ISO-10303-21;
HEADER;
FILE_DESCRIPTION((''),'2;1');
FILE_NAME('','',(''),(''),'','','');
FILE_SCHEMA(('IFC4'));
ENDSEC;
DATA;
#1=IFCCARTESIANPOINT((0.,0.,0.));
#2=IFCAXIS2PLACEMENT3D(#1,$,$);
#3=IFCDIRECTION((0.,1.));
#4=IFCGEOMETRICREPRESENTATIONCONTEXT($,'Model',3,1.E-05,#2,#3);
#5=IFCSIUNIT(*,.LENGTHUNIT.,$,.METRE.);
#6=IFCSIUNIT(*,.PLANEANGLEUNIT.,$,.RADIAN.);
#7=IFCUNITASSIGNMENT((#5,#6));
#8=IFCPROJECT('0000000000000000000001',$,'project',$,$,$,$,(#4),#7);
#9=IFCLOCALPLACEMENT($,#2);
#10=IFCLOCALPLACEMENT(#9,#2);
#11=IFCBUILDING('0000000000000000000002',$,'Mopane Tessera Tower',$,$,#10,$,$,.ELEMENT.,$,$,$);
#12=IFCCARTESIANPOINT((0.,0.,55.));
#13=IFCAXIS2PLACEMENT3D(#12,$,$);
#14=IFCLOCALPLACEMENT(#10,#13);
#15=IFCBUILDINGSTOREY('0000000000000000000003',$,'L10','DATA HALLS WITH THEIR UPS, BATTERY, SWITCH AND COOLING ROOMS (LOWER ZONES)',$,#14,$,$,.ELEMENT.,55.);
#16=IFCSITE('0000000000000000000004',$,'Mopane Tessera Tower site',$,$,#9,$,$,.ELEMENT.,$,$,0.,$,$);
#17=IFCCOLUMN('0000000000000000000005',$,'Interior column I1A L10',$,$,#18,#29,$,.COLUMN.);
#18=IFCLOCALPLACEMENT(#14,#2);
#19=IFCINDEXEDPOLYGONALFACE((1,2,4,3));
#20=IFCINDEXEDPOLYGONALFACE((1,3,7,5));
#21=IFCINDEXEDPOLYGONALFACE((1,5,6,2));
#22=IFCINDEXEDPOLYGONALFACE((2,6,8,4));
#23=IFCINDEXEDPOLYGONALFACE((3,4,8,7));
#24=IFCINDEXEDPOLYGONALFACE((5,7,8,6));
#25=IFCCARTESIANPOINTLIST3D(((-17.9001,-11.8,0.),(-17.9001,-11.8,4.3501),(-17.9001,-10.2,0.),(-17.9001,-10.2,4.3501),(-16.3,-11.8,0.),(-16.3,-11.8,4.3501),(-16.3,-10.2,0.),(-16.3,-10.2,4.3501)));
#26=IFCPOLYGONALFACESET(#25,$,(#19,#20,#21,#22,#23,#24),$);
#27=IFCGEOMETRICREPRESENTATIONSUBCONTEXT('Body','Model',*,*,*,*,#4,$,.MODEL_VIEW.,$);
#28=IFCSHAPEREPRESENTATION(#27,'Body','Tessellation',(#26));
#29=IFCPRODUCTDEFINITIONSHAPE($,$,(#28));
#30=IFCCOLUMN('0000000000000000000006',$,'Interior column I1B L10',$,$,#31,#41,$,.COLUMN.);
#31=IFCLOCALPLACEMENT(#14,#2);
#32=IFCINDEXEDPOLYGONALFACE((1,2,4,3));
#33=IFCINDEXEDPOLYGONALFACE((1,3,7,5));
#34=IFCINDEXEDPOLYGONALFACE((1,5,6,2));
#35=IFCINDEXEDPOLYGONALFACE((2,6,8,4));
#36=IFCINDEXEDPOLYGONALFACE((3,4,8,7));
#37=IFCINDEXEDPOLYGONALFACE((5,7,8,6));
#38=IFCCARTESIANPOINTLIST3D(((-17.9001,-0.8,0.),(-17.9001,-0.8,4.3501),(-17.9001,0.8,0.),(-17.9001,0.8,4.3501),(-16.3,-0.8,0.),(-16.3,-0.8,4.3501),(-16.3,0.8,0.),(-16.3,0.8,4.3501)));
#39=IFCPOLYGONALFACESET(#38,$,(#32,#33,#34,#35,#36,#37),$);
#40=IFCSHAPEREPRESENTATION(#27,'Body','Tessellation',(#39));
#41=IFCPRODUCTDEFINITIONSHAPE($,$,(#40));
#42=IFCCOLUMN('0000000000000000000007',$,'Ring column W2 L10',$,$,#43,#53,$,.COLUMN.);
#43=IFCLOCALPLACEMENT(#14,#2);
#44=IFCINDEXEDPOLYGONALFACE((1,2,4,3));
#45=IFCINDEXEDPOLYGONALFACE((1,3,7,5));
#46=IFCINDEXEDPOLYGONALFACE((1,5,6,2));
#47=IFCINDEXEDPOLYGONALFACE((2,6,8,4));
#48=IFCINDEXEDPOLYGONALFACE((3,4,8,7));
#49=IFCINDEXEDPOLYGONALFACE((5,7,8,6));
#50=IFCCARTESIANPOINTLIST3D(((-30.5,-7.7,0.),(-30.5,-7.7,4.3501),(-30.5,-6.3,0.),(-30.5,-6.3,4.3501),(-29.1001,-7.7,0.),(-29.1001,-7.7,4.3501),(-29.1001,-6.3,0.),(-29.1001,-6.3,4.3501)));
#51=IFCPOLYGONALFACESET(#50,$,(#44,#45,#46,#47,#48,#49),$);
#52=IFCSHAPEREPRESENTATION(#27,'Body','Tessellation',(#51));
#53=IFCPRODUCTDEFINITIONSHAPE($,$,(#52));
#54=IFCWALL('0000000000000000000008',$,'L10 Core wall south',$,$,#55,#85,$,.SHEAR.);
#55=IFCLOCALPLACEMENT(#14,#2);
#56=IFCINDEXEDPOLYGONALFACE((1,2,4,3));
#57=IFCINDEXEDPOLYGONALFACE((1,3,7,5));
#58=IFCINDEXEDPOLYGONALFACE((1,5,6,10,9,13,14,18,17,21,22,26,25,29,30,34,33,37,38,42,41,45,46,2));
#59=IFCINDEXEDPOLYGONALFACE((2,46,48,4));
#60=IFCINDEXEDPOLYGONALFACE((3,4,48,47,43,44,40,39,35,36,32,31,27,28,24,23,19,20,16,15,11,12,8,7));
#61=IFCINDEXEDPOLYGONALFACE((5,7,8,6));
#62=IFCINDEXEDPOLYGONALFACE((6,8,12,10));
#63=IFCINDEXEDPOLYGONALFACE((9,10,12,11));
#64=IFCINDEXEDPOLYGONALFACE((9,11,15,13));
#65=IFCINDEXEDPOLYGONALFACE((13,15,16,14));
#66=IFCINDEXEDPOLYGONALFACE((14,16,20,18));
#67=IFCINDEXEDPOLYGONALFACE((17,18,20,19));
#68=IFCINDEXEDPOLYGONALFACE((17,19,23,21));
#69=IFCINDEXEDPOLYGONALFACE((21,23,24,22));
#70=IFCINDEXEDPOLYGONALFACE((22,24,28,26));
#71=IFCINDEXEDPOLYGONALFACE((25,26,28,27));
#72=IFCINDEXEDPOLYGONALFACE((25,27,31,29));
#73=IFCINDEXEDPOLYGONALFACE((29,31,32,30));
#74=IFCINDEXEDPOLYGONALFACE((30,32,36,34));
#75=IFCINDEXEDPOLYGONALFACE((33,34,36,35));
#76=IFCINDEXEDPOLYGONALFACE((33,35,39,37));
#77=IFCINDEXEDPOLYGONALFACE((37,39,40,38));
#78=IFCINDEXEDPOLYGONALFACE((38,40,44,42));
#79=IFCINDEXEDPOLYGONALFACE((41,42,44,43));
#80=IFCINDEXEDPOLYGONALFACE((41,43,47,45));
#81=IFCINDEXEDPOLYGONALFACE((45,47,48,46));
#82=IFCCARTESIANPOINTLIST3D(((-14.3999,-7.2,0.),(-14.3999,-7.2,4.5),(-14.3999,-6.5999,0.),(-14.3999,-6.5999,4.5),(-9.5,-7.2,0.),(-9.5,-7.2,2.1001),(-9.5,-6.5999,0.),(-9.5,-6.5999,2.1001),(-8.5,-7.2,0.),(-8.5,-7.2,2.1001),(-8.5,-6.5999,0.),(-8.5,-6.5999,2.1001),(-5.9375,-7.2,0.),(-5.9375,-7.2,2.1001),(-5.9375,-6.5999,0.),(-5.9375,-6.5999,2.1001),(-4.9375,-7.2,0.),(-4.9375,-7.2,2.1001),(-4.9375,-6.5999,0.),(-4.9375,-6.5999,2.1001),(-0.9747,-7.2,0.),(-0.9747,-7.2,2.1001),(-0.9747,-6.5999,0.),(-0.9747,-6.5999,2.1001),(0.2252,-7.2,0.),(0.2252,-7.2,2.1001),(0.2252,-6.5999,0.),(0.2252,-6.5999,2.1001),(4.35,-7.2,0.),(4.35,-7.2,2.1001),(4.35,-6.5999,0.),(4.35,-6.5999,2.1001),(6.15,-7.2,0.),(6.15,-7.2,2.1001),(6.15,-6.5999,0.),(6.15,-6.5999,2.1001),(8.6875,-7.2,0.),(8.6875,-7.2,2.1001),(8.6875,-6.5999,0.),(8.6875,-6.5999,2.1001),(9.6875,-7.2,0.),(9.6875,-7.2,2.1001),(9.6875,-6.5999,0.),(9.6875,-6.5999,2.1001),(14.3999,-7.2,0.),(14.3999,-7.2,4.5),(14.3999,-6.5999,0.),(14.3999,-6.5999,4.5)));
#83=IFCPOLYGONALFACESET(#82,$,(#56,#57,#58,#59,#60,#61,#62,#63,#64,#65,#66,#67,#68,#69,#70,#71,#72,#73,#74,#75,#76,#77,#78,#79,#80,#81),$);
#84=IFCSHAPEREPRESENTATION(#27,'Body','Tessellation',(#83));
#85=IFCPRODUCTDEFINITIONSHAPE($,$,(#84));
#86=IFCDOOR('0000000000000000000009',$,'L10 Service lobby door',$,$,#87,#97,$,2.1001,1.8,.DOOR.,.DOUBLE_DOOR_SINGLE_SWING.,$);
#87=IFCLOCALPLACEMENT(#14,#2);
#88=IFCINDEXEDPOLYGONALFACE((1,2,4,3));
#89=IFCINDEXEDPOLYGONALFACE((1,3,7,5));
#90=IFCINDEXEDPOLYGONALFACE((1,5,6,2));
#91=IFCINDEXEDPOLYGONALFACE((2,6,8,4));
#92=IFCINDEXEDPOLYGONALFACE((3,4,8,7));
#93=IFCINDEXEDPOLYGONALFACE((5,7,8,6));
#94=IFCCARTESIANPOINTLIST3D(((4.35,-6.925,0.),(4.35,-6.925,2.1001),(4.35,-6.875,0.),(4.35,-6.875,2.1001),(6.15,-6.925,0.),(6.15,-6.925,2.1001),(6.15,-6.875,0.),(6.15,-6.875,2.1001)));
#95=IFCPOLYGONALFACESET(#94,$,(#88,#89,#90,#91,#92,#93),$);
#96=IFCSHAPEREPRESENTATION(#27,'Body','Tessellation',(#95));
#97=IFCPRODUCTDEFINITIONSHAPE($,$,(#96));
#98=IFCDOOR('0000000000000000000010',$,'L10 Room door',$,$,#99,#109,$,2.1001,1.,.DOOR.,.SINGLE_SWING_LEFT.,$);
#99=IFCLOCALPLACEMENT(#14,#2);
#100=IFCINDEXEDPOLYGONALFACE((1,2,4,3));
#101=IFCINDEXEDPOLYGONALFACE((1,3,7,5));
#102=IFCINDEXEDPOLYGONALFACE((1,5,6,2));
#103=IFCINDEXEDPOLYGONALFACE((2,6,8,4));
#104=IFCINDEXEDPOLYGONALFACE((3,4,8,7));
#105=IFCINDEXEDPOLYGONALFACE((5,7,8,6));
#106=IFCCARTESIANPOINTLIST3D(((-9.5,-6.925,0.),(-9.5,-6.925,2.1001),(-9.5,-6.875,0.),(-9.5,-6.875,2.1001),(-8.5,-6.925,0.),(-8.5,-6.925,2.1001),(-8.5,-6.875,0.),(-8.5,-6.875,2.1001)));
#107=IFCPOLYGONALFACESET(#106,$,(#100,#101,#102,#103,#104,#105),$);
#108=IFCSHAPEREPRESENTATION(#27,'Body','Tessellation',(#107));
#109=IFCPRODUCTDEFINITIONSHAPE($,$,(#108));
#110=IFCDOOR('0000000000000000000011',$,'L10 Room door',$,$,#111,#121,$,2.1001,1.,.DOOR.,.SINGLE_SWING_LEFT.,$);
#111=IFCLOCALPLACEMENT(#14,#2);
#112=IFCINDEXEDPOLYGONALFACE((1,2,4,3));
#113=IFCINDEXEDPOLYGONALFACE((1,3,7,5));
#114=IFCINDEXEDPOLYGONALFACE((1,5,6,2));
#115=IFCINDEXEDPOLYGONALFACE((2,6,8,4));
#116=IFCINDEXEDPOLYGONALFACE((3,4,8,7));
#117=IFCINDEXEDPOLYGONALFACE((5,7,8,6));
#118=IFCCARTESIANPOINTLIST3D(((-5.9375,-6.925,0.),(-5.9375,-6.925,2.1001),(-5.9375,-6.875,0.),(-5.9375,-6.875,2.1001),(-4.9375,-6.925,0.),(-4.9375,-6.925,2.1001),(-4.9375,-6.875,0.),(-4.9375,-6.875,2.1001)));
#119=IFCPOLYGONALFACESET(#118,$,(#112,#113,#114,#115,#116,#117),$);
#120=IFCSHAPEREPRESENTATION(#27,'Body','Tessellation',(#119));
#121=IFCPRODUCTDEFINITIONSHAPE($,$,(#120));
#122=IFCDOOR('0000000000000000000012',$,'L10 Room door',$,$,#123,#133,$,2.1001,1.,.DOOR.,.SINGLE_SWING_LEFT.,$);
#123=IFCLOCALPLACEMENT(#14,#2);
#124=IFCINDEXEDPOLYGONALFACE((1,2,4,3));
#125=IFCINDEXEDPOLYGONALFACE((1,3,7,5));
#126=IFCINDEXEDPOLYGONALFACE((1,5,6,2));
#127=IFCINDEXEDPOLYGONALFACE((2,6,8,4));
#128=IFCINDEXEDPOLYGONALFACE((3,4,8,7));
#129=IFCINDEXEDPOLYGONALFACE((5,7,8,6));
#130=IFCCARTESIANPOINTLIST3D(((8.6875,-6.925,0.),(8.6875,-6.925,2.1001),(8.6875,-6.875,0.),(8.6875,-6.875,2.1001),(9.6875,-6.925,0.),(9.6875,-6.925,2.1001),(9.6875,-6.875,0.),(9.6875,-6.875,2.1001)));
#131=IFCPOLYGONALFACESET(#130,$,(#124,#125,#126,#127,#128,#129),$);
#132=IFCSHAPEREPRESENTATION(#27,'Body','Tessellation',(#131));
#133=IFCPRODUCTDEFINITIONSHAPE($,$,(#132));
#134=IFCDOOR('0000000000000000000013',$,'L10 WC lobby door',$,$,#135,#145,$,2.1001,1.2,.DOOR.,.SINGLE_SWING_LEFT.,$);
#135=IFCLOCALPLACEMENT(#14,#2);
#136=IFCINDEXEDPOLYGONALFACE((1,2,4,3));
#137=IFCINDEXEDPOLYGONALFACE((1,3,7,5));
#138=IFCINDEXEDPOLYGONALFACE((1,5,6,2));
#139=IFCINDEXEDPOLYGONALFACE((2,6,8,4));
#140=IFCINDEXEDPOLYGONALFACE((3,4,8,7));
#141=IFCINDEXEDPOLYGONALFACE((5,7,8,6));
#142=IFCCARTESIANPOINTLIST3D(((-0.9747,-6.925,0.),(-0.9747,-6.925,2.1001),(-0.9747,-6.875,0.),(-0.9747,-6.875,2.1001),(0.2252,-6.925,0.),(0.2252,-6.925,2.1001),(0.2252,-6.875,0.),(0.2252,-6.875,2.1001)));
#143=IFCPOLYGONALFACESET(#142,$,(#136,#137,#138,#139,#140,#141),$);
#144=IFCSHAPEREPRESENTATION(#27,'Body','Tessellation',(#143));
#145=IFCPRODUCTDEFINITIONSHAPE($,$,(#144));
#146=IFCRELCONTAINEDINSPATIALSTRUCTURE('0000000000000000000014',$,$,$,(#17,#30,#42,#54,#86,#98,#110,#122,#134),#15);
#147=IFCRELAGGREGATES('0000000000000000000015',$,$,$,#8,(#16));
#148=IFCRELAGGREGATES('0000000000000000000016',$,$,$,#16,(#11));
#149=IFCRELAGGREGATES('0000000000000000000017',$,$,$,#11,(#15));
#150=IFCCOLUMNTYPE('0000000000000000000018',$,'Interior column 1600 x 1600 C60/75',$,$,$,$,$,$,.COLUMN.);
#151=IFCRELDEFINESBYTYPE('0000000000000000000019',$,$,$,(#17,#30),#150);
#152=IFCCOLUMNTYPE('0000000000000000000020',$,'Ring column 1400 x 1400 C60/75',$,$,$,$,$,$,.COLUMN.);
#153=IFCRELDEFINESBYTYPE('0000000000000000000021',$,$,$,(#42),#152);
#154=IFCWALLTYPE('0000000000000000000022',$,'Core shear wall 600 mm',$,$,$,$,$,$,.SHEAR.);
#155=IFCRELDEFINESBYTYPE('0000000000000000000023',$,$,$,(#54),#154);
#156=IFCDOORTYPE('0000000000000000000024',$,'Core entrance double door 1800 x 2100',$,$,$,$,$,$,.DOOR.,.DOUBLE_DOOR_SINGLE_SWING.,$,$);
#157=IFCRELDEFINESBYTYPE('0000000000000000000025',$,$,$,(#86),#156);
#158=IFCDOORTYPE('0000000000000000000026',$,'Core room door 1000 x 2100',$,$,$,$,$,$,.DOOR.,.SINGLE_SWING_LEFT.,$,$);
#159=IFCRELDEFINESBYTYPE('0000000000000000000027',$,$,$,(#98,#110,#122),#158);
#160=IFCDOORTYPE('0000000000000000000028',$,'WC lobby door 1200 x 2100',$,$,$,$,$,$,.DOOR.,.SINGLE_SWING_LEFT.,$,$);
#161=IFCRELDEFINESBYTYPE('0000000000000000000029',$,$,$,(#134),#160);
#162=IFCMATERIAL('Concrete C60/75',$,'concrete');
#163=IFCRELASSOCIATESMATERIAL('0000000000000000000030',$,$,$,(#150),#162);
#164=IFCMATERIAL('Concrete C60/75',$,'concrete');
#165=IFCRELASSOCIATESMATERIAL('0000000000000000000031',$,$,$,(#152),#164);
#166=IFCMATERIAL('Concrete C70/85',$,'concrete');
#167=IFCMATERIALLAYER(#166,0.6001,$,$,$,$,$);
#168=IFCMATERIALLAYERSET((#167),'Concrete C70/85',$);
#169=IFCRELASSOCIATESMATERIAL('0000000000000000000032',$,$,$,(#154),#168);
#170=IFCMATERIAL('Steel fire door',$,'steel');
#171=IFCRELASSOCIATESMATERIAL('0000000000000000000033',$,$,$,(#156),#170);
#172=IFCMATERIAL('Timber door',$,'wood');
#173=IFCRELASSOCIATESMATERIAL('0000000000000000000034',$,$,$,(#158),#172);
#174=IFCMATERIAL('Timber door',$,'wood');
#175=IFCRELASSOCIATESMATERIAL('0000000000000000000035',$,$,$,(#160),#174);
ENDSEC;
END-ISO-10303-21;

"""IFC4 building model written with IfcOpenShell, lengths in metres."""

from ifc_helpers import new_model, si_unit, direction, frame, frame_2d, origin, origin_2d, place, context, subcontext, project, spatial, rectangle, extrude, material, layer, layer_set, material_profile, profile_set, type_object, element, fill, save


model = new_model("IFC4")

# Units and contexts
model_context = context("Model", 3, precision=1e-05, world=origin(), true_north=direction((0.0, 1.0)))
body_context = subcontext(model_context, "Body", "Model", "MODEL_VIEW")
ifc_project = project(units=[si_unit("LENGTHUNIT", "METRE"), si_unit("PLANEANGLEUNIT", "RADIAN")], contexts=[model_context])

# Site, building, storey
site_placement = place(None, origin())
site = spatial("IfcSite", under=ifc_project, at=site_placement, Name="Mopane Tessera Tower site", CompositionType="ELEMENT", RefElevation=0.0)
building_placement = place(site_placement, origin())
building = spatial("IfcBuilding", under=site, at=building_placement, Name="Mopane Tessera Tower", CompositionType="ELEMENT")
storey_placement = place(building_placement, frame((0.0, 0.0, 55.0)))
storey = spatial("IfcBuildingStorey", under=building, at=storey_placement, Name="L10", Description="DATA HALLS WITH THEIR UPS, BATTERY, SWITCH AND COOLING ROOMS (LOWER ZONES)", CompositionType="ELEMENT", Elevation=55.0)

# Columns
ifc_material_1 = material(Name="Concrete C60/75", Category="concrete")
ifc_material_profile_1 = material_profile(ifc_material_1, rectangle(XDim=1.6001, YDim=1.6001, at=origin_2d()))
ifc_profile_set_1 = profile_set([ifc_material_profile_1], Name="Concrete C60/75")
column_type_1 = type_object("IfcColumnType", Name="Interior column 1600 x 1600 C60/75", PredefinedType="COLUMN", material=ifc_profile_set_1)
for number, where, z_axis, x_axis, name in (
    (1, (-17.1001, -11.0, 0.0), (0.0, 0.0, 1.0), (1.0, 0.0, 0.0), "Interior column I1A L10"),
    (2, (-17.1001, 0.0, 0.0), (0.0, 0.0, 1.0), (1.0, 0.0, 0.0), "Interior column I1B L10"),
):
    element("IfcColumn", number, at=place(storey_placement, frame(where, z_axis=z_axis, x_axis=x_axis)), inside=storey, type_object=column_type_1, Name=name, PredefinedType="COLUMN", context=body_context, shape_type="SweptSolid", body=[
        extrude(rectangle(XDim=1.6001, YDim=1.6001, at=origin_2d()), origin(), (0.0, 0.0, 1.0), 4.3501),
    ])
ifc_material_2 = material(Name="Concrete C60/75", Category="concrete")
ifc_material_profile_2 = material_profile(ifc_material_2, rectangle(XDim=1.3999, YDim=1.3999, at=origin_2d()))
ifc_profile_set_2 = profile_set([ifc_material_profile_2], Name="Concrete C60/75")
column_type_2 = type_object("IfcColumnType", Name="Ring column 1400 x 1400 C60/75", PredefinedType="COLUMN", material=ifc_profile_set_2)
column_placement = place(storey_placement, frame((-29.8, -7.0, 0.0), z_axis=(0.0, 0.0, 1.0), x_axis=(1.0, 0.0, 0.0)))
element("IfcColumn", 3, at=column_placement, inside=storey, type_object=column_type_2, Name="Ring column W2 L10", PredefinedType="COLUMN", context=body_context, shape_type="SweptSolid", body=[
    extrude(rectangle(XDim=1.3999, YDim=1.3999, at=origin_2d()), origin(), (0.0, 0.0, 1.0), 4.3501),
])

# Wall, openings, doors
ifc_material_3 = material(Name="Concrete C70/85", Category="concrete")
ifc_layer_1 = layer(ifc_material_3, 0.6001)
ifc_layer_set_1 = layer_set([ifc_layer_1], Name="Concrete C70/85")
wall_type_1 = type_object("IfcWallType", Name="Core shear wall 600 mm", PredefinedType="SHEAR", material=ifc_layer_set_1)
wall_1_placement = place(storey_placement, frame((-14.3999, -6.8999, 0.0), z_axis=(0.0, 0.0, 1.0), x_axis=(1.0, 0.0, 0.0)))
wall_1 = element("IfcWall", 4, at=wall_1_placement, inside=storey, type_object=wall_type_1, Name="L10 Core wall south", PredefinedType="SHEAR", context=body_context, shape_type="SweptSolid", body=[
    extrude(rectangle(XDim=28.7998, YDim=0.6001, at=frame_2d((14.3999, 0.0))), origin(), (0.0, 0.0, 1.0), 4.5),
])
opening_1_placement = place(wall_1_placement, frame((4.8999, 0.0, 0.0)))
opening_1 = element("IfcOpeningElement", 5, at=opening_1_placement, cuts=wall_1, PredefinedType="OPENING", context=body_context, shape_type="SweptSolid", body=[
    extrude(rectangle(XDim=1.0, YDim=2.1001, at=frame_2d((0.5, 1.05))), frame((0.0, 0.312, 0.0), z_axis=(0.0, -1.0, 0.0), x_axis=(1.0, 0.0, 0.0)), (0.0, 0.0, 1.0), 0.624),
])
opening_2_placement = place(wall_1_placement, frame((8.4624, 0.0, 0.0)))
opening_2 = element("IfcOpeningElement", 6, at=opening_2_placement, cuts=wall_1, PredefinedType="OPENING", context=body_context, shape_type="SweptSolid", body=[
    extrude(rectangle(XDim=1.0, YDim=2.1001, at=frame_2d((0.5, 1.05))), frame((0.0, 0.312, 0.0), z_axis=(0.0, -1.0, 0.0), x_axis=(1.0, 0.0, 0.0)), (0.0, 0.0, 1.0), 0.624),
])
opening_3_placement = place(wall_1_placement, frame((13.425, 0.0, 0.0)))
opening_3 = element("IfcOpeningElement", 7, at=opening_3_placement, cuts=wall_1, PredefinedType="OPENING", context=body_context, shape_type="SweptSolid", body=[
    extrude(rectangle(XDim=1.2, YDim=2.1001, at=frame_2d((0.6001, 1.05))), frame((0.0, 0.312, 0.0), z_axis=(0.0, -1.0, 0.0), x_axis=(1.0, 0.0, 0.0)), (0.0, 0.0, 1.0), 0.624),
])
opening_4_placement = place(wall_1_placement, frame((18.75, 0.0, 0.0)))
opening_4 = element("IfcOpeningElement", 8, at=opening_4_placement, cuts=wall_1, PredefinedType="OPENING", context=body_context, shape_type="SweptSolid", body=[
    extrude(rectangle(XDim=1.8, YDim=2.1001, at=frame_2d((0.8999, 1.05))), frame((0.0, 0.312, 0.0), z_axis=(0.0, -1.0, 0.0), x_axis=(1.0, 0.0, 0.0)), (0.0, 0.0, 1.0), 0.624),
])
opening_5_placement = place(wall_1_placement, frame((23.0874, 0.0, 0.0)))
opening_5 = element("IfcOpeningElement", 9, at=opening_5_placement, cuts=wall_1, PredefinedType="OPENING", context=body_context, shape_type="SweptSolid", body=[
    extrude(rectangle(XDim=1.0, YDim=2.1001, at=frame_2d((0.5, 1.05))), frame((0.0, 0.312, 0.0), z_axis=(0.0, -1.0, 0.0), x_axis=(1.0, 0.0, 0.0)), (0.0, 0.0, 1.0), 0.624),
])
ifc_material_4 = material(Name="Steel fire door", Category="steel")
door_type_1 = type_object("IfcDoorType", Name="Core entrance double door 1800 x 2100", OperationType="DOUBLE_DOOR_SINGLE_SWING", PredefinedType="DOOR", material=ifc_material_4)
door_1_placement = place(opening_4_placement, origin())
door_1 = element("IfcDoor", 10, at=door_1_placement, inside=storey, type_object=door_type_1, Name="L10 Service lobby door", OperationType="DOUBLE_DOOR_SINGLE_SWING", OverallHeight=2.1001, OverallWidth=1.8, PredefinedType="DOOR", context=body_context, shape_type="SweptSolid", body=[
    extrude(rectangle(XDim=1.8, YDim=2.1001, at=frame_2d((0.8999, 1.05))), frame((0.0, 0.0249, 0.0), z_axis=(0.0, -1.0, 0.0), x_axis=(1.0, 0.0, 0.0)), (0.0, 0.0, 1.0), 0.05),
])
fill(opening_4, door_1)
ifc_material_5 = material(Name="Timber door", Category="wood")
door_type_2 = type_object("IfcDoorType", Name="Core room door 1000 x 2100", OperationType="SINGLE_SWING_LEFT", PredefinedType="DOOR", material=ifc_material_5)
door_2_placement = place(opening_1_placement, origin())
door_2 = element("IfcDoor", 11, at=door_2_placement, inside=storey, type_object=door_type_2, Name="L10 Room door", OperationType="SINGLE_SWING_LEFT", OverallHeight=2.1001, OverallWidth=1.0, PredefinedType="DOOR", context=body_context, shape_type="SweptSolid", body=[
    extrude(rectangle(XDim=1.0, YDim=2.1001, at=frame_2d((0.5, 1.05))), frame((0.0, 0.0249, 0.0), z_axis=(0.0, -1.0, 0.0), x_axis=(1.0, 0.0, 0.0)), (0.0, 0.0, 1.0), 0.05),
])
fill(opening_1, door_2)
door_3_placement = place(opening_2_placement, origin())
door_3 = element("IfcDoor", 12, at=door_3_placement, inside=storey, type_object=door_type_2, Name="L10 Room door", OperationType="SINGLE_SWING_LEFT", OverallHeight=2.1001, OverallWidth=1.0, PredefinedType="DOOR", context=body_context, shape_type="SweptSolid", body=[
    extrude(rectangle(XDim=1.0, YDim=2.1001, at=frame_2d((0.5, 1.05))), frame((0.0, 0.0249, 0.0), z_axis=(0.0, -1.0, 0.0), x_axis=(1.0, 0.0, 0.0)), (0.0, 0.0, 1.0), 0.05),
])
fill(opening_2, door_3)
door_4_placement = place(opening_5_placement, origin())
door_4 = element("IfcDoor", 13, at=door_4_placement, inside=storey, type_object=door_type_2, Name="L10 Room door", OperationType="SINGLE_SWING_LEFT", OverallHeight=2.1001, OverallWidth=1.0, PredefinedType="DOOR", context=body_context, shape_type="SweptSolid", body=[
    extrude(rectangle(XDim=1.0, YDim=2.1001, at=frame_2d((0.5, 1.05))), frame((0.0, 0.0249, 0.0), z_axis=(0.0, -1.0, 0.0), x_axis=(1.0, 0.0, 0.0)), (0.0, 0.0, 1.0), 0.05),
])
fill(opening_5, door_4)
ifc_material_6 = material(Name="Timber door", Category="wood")
door_type_3 = type_object("IfcDoorType", Name="WC lobby door 1200 x 2100", OperationType="SINGLE_SWING_LEFT", PredefinedType="DOOR", material=ifc_material_6)
door_5_placement = place(opening_3_placement, origin())
door_5 = element("IfcDoor", 14, at=door_5_placement, inside=storey, type_object=door_type_3, Name="L10 WC lobby door", OperationType="SINGLE_SWING_LEFT", OverallHeight=2.1001, OverallWidth=1.2, PredefinedType="DOOR", context=body_context, shape_type="SweptSolid", body=[
    extrude(rectangle(XDim=1.2, YDim=2.1001, at=frame_2d((0.6001, 1.05))), frame((0.0, 0.0249, 0.0), z_axis=(0.0, -1.0, 0.0), x_axis=(1.0, 0.0, 0.0)), (0.0, 0.0, 1.0), 0.05),
])
fill(opening_3, door_5)

save(model, "model.ifc")
